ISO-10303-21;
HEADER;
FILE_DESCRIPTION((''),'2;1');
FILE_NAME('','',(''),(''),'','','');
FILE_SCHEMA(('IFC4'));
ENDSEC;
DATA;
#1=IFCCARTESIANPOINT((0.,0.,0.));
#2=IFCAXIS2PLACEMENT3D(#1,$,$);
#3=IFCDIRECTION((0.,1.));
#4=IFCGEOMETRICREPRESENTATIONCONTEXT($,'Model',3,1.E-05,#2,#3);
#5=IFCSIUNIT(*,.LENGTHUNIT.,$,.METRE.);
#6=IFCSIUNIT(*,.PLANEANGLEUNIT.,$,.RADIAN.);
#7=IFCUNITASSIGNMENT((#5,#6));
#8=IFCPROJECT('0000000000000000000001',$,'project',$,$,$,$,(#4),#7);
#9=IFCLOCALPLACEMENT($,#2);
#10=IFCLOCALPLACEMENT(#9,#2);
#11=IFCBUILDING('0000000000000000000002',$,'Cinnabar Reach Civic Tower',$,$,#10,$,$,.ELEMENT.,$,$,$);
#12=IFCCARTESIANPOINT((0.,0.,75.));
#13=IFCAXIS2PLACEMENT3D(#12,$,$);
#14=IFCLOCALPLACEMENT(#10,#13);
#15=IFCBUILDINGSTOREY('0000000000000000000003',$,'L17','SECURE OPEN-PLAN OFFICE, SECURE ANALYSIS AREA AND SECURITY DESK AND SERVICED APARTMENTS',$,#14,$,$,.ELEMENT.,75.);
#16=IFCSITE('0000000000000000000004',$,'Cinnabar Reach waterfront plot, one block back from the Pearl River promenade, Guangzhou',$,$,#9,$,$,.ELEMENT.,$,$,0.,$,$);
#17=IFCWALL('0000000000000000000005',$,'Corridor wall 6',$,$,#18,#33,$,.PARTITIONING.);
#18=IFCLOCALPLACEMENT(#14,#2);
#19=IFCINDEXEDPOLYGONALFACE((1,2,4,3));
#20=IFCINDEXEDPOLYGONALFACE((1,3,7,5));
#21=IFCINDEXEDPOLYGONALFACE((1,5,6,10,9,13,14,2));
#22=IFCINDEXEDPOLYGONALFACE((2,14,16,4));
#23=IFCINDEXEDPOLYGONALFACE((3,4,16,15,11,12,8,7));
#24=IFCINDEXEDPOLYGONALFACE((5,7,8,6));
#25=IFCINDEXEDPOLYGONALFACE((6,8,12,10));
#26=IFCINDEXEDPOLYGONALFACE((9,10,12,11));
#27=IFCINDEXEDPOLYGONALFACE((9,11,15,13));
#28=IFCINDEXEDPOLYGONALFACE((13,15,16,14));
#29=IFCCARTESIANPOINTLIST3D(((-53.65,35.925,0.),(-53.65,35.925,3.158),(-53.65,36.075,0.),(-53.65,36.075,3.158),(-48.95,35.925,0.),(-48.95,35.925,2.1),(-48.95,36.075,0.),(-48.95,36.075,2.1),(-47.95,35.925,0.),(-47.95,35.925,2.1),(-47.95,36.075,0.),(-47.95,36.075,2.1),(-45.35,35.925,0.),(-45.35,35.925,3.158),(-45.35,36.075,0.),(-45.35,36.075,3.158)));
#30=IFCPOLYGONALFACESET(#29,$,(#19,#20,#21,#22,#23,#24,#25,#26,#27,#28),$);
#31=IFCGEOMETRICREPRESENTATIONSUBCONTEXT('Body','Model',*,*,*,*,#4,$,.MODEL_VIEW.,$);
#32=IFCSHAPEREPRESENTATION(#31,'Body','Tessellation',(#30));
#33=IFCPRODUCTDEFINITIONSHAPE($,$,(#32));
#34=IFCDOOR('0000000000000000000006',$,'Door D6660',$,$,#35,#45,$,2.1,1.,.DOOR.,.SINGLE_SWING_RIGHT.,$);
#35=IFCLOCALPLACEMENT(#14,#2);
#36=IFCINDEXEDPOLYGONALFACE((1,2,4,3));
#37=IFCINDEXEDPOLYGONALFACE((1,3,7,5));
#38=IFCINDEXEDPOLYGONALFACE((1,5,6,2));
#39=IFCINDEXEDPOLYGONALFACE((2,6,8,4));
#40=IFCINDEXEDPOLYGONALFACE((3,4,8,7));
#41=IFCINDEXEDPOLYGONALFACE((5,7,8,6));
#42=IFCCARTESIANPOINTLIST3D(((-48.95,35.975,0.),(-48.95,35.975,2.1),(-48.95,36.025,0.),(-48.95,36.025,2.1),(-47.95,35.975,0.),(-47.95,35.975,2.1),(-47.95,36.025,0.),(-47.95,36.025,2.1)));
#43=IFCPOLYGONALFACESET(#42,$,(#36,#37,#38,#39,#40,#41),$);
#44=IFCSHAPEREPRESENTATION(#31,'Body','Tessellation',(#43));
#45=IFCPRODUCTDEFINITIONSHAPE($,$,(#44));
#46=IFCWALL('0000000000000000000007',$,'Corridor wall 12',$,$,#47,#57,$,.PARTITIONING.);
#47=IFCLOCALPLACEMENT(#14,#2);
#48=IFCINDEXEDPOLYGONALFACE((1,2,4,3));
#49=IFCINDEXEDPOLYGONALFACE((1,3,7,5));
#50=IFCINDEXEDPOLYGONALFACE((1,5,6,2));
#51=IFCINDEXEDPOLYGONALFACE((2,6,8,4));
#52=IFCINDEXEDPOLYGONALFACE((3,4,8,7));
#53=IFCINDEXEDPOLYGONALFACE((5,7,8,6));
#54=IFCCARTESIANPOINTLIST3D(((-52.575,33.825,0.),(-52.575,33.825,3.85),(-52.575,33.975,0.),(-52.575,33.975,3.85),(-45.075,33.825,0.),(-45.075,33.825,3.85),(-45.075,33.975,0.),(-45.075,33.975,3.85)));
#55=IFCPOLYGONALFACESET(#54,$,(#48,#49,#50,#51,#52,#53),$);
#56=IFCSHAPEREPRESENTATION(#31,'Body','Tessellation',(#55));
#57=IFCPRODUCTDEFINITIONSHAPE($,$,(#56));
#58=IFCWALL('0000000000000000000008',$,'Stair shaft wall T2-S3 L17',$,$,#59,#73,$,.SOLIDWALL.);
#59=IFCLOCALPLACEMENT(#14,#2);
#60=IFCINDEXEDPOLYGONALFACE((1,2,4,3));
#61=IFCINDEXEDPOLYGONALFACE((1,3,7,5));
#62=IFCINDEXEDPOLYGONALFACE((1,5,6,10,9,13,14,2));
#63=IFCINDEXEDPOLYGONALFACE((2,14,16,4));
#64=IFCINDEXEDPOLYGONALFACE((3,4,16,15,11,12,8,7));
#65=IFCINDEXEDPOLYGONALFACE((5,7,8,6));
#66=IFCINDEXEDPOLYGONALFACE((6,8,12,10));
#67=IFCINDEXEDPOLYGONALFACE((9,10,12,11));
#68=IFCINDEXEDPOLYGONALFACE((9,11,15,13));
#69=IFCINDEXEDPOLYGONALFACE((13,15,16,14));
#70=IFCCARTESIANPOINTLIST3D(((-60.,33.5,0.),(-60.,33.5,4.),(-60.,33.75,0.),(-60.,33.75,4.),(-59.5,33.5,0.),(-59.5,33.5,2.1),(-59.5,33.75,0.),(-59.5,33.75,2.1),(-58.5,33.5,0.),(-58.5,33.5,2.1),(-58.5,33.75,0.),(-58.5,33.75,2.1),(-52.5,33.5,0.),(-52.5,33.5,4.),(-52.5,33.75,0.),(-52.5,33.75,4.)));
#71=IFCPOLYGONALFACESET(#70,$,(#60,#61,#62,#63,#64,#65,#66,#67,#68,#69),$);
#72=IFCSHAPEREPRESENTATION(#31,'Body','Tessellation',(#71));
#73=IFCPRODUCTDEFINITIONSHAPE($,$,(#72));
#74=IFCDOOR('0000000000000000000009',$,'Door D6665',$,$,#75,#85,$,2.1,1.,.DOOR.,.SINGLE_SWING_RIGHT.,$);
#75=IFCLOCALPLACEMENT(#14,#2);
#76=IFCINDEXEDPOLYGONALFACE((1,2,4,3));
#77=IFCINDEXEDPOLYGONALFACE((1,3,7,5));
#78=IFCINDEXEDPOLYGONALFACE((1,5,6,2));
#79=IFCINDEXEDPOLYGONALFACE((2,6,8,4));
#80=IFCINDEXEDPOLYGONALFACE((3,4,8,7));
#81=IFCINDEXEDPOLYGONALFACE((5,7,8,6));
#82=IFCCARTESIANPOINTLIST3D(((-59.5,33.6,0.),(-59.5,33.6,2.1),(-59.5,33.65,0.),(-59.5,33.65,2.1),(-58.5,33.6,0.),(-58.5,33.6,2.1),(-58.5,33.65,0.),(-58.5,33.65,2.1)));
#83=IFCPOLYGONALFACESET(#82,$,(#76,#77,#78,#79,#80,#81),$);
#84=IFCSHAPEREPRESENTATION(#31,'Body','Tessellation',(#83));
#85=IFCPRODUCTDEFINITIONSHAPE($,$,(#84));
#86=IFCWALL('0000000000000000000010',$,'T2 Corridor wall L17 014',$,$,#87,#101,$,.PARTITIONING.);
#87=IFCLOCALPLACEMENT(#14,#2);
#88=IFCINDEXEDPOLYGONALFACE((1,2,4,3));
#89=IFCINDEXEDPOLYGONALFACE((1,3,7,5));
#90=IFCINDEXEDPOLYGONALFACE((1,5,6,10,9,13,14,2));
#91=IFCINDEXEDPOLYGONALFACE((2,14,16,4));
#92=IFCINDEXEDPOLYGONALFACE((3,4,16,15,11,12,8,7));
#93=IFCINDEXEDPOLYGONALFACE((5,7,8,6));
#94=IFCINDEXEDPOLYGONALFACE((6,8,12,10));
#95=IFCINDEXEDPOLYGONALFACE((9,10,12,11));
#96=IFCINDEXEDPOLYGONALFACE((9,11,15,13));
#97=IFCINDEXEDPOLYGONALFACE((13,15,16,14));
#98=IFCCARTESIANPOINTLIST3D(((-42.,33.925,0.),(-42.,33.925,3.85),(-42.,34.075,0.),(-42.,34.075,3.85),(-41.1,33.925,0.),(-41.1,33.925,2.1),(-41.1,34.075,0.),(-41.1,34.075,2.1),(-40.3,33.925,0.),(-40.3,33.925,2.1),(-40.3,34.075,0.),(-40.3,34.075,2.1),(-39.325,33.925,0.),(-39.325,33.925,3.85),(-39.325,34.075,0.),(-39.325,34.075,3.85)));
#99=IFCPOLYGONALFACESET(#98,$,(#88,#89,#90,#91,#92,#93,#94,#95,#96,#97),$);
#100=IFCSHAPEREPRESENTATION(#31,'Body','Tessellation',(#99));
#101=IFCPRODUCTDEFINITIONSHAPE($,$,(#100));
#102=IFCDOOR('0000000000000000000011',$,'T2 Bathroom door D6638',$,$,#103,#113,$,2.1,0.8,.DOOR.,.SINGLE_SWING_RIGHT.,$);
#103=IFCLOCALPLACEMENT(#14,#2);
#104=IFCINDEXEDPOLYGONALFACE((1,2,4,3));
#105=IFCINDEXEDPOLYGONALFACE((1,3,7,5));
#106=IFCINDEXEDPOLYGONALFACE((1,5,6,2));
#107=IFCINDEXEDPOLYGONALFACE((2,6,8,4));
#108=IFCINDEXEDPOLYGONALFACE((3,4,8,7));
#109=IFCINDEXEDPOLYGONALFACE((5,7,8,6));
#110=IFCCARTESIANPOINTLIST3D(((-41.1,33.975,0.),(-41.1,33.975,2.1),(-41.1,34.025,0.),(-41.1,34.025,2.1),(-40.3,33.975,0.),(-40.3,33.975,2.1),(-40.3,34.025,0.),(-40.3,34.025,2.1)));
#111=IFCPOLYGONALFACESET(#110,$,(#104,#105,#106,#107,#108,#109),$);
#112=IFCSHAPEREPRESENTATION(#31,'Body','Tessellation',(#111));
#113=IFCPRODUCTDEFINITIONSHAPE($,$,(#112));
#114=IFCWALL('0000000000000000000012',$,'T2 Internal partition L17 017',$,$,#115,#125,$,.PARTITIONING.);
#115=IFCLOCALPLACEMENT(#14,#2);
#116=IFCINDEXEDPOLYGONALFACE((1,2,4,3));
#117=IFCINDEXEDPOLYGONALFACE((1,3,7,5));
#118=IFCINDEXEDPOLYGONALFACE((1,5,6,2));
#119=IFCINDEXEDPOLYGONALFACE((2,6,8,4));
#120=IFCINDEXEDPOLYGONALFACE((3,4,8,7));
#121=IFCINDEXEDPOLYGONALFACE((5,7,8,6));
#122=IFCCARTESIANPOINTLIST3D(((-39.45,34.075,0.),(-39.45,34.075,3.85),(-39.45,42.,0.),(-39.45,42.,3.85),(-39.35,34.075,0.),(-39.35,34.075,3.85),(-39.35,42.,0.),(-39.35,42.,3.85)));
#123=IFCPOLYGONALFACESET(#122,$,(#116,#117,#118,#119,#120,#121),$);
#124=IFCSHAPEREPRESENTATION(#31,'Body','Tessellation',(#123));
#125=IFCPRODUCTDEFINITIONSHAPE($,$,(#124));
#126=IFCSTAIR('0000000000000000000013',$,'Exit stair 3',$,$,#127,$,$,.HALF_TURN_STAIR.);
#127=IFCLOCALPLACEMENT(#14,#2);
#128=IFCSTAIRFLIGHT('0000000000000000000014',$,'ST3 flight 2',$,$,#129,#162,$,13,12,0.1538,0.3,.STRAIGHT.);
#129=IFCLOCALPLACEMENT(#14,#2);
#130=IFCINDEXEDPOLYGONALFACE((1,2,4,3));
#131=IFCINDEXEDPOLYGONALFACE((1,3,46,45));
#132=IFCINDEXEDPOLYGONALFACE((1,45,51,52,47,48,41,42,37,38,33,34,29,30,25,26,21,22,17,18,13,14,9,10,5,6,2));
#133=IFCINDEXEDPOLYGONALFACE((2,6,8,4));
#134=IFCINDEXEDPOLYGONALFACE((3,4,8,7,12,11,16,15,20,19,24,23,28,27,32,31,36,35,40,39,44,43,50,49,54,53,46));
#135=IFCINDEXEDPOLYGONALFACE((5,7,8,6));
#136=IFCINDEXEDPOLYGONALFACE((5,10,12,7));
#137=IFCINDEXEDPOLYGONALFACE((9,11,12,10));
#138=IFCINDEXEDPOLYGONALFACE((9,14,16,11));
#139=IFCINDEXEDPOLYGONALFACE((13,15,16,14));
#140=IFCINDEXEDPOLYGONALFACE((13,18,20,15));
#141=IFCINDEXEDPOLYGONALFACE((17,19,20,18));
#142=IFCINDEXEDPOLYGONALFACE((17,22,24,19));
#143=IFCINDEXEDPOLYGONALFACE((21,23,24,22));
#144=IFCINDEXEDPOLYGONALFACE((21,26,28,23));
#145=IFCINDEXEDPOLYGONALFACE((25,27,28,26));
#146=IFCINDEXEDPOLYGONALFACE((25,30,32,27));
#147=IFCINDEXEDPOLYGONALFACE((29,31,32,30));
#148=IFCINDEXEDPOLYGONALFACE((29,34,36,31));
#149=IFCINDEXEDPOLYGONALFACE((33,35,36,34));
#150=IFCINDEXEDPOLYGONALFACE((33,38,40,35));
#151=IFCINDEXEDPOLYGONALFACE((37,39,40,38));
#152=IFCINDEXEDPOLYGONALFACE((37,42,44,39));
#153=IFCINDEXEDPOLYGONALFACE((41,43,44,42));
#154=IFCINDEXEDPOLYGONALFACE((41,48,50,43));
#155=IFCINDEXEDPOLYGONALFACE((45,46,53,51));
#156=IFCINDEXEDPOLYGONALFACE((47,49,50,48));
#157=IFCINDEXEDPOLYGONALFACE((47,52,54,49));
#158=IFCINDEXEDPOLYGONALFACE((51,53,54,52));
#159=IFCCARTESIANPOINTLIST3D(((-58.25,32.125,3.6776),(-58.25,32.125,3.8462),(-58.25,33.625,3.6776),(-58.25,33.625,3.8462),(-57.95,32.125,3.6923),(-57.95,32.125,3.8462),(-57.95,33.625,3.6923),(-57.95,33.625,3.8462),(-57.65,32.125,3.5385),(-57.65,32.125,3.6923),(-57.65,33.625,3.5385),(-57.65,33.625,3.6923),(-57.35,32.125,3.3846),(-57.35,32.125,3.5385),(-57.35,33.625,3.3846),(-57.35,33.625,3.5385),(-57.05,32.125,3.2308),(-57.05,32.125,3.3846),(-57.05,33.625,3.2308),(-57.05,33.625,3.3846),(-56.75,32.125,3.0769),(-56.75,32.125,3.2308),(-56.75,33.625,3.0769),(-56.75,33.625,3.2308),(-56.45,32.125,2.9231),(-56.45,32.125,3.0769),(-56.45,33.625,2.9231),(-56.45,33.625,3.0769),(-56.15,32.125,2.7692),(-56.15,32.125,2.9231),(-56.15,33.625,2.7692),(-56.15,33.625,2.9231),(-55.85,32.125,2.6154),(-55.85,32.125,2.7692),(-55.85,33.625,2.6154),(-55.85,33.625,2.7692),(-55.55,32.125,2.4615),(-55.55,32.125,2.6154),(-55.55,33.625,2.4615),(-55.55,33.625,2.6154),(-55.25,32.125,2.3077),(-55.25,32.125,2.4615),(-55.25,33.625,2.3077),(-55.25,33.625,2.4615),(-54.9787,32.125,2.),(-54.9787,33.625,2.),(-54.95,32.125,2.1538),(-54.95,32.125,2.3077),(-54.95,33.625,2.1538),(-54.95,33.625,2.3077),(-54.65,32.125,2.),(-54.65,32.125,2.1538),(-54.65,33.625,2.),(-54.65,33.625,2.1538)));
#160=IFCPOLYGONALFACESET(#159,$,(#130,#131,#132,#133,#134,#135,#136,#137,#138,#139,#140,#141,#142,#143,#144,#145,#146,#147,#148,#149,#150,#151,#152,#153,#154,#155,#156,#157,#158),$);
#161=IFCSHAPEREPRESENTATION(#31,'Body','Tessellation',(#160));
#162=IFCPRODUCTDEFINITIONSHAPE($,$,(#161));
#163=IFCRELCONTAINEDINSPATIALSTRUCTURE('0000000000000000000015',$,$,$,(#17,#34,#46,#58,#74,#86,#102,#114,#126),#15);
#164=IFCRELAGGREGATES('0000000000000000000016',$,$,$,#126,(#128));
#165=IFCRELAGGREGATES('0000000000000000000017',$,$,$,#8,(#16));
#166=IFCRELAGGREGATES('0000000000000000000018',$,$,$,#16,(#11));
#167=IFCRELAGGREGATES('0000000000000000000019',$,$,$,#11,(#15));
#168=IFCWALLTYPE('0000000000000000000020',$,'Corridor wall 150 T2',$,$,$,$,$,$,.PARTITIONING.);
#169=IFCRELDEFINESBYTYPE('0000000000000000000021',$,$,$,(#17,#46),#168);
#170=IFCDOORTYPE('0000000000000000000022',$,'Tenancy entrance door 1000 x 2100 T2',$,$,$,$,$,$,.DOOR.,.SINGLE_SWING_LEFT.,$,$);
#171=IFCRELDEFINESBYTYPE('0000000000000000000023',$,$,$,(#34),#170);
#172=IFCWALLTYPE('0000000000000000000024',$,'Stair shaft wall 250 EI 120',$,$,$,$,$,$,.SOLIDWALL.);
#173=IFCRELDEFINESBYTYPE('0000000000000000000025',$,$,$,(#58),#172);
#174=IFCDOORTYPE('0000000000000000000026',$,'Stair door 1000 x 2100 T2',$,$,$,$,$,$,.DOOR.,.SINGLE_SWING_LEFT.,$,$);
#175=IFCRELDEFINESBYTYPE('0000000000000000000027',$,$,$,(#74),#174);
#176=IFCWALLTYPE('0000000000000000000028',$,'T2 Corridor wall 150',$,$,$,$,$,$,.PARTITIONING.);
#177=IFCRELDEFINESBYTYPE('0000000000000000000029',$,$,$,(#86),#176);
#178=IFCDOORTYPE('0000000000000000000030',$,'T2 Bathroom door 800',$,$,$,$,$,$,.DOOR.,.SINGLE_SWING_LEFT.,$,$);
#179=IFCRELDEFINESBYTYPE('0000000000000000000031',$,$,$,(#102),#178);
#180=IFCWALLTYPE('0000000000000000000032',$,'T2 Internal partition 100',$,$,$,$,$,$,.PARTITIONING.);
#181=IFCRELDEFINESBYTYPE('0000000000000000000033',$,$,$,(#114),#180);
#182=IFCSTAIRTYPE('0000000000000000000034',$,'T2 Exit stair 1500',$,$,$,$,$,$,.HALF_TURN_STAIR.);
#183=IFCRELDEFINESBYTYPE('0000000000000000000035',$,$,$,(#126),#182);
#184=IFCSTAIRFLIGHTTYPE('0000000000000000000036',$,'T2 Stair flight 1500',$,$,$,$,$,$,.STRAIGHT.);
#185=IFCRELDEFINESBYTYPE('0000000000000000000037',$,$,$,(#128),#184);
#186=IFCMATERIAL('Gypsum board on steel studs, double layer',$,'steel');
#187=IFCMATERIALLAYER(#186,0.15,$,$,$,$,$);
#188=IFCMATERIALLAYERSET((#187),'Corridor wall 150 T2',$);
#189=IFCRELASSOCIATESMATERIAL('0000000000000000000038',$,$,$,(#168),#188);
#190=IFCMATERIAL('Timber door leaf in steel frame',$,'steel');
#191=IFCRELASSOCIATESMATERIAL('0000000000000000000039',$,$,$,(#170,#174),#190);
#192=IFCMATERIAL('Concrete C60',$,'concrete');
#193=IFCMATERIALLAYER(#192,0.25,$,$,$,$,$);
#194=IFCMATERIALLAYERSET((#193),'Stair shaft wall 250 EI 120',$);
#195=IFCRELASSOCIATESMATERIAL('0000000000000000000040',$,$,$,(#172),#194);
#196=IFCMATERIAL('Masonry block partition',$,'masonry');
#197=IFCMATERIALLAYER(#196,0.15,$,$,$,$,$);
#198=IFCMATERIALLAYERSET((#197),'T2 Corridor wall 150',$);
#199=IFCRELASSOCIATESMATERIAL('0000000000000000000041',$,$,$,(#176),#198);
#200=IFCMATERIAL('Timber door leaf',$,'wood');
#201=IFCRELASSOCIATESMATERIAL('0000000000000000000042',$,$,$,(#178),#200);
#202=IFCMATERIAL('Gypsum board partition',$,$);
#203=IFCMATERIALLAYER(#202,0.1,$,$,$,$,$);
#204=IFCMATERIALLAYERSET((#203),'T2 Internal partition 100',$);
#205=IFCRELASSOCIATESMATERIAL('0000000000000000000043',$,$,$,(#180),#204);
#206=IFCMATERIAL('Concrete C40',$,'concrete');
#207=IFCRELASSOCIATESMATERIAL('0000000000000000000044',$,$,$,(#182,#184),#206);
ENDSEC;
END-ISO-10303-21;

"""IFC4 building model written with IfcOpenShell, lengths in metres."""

from ifc_helpers import new_model, si_unit, direction, frame, frame_2d, origin, place, context, subcontext, project, spatial, polyline, rectangle, outline, extrude, material, layer, layer_set, type_object, element, fill, aggregate, save


model = new_model("IFC4")

# Units and contexts
model_context = context("Model", 3, precision=1e-05, world=origin(), true_north=direction((0.0, 1.0)))
body_context = subcontext(model_context, "Body", "Model", "MODEL_VIEW")
ifc_project = project(units=[si_unit("LENGTHUNIT", "METRE"), si_unit("PLANEANGLEUNIT", "RADIAN")], contexts=[model_context])

# Site, building, storey
site_placement = place(None, origin())
site = spatial("IfcSite", under=ifc_project, at=site_placement, Name="Cinnabar Reach waterfront plot, one block back from the Pearl River promenade, Guangzhou", CompositionType="ELEMENT", RefElevation=0.0)
building_placement = place(site_placement, origin())
building = spatial("IfcBuilding", under=site, at=building_placement, Name="Cinnabar Reach Civic Tower", CompositionType="ELEMENT")
storey_placement = place(building_placement, frame((0.0, 0.0, 75.0)))
storey = spatial("IfcBuildingStorey", under=building, at=storey_placement, Name="L17", Description="SECURE OPEN-PLAN OFFICE, SECURE ANALYSIS AREA AND SECURITY DESK AND SERVICED APARTMENTS", CompositionType="ELEMENT", Elevation=75.0)

# Shared definitions
ifc_material_1 = material(Name="Concrete C60", Category="concrete")

# Wall, opening, door
ifc_material_2 = material(Name="Gypsum board on steel studs, double layer", Category="steel")
ifc_layer_1 = layer(ifc_material_2, 0.15)
ifc_layer_set_1 = layer_set([ifc_layer_1], Name="Corridor wall 150 T2")
wall_type_1 = type_object("IfcWallType", Name="Corridor wall 150 T2", PredefinedType="PARTITIONING", material=ifc_layer_set_1)
ifc_material_3 = material(Name="Timber door leaf in steel frame", Category="steel")
wall_1_placement = place(storey_placement, frame((-53.65, 36.0, 0.0), z_axis=(0.0, 0.0, 1.0), x_axis=(1.0, 0.0, 0.0)))
wall_1 = element("IfcWall", 1, at=wall_1_placement, inside=storey, type_object=wall_type_1, Name="Corridor wall 6", PredefinedType="PARTITIONING", context=body_context, shape_type="SweptSolid", body=[
    extrude(rectangle(XDim=8.3, YDim=0.15, at=frame_2d((4.15, 0.0))), origin(), (0.0, 0.0, 1.0), 3.158),
])
opening_1_placement = place(wall_1_placement, frame((4.7, 0.0, 0.0)))
opening_1 = element("IfcOpeningElement", 2, at=opening_1_placement, cuts=wall_1, PredefinedType="OPENING", context=body_context, shape_type="SweptSolid", body=[
    extrude(rectangle(XDim=1.0, YDim=2.1, at=frame_2d((0.5, 1.05))), frame((0.0, 0.085, 0.0), z_axis=(0.0, -1.0, 0.0), x_axis=(1.0, 0.0, 0.0)), (0.0, 0.0, 1.0), 0.17),
])
door_type_1 = type_object("IfcDoorType", Name="Tenancy entrance door 1000 x 2100 T2", OperationType="SINGLE_SWING_LEFT", PredefinedType="DOOR", material=ifc_material_3)
door_1_placement = place(opening_1_placement, origin())
door_1 = element("IfcDoor", 3, at=door_1_placement, inside=storey, type_object=door_type_1, Name="Door D6660", OperationType="SINGLE_SWING_RIGHT", OverallHeight=2.1, OverallWidth=1.0, PredefinedType="DOOR", context=body_context, shape_type="SweptSolid", body=[
    extrude(rectangle(XDim=1.0, YDim=2.1, at=frame_2d((0.5, 1.05))), frame((0.0, 0.025, 0.0), z_axis=(0.0, -1.0, 0.0), x_axis=(1.0, 0.0, 0.0)), (0.0, 0.0, 1.0), 0.05),
])
fill(opening_1, door_1)

# Wall
wall_2_placement = place(storey_placement, frame((-52.575, 33.9, 0.0), z_axis=(0.0, 0.0, 1.0), x_axis=(1.0, 0.0, 0.0)))
element("IfcWall", 4, at=wall_2_placement, inside=storey, type_object=wall_type_1, Name="Corridor wall 12", PredefinedType="PARTITIONING", context=body_context, shape_type="SweptSolid", body=[
    extrude(rectangle(XDim=7.5, YDim=0.15, at=frame_2d((3.75, 0.0))), origin(), (0.0, 0.0, 1.0), 3.85),
])

# Walls, openings, doors
ifc_layer_2 = layer(ifc_material_1, 0.25)
ifc_layer_set_2 = layer_set([ifc_layer_2], Name="Stair shaft wall 250 EI 120")
wall_type_2 = type_object("IfcWallType", Name="Stair shaft wall 250 EI 120", PredefinedType="SOLIDWALL", material=ifc_layer_set_2)
wall_3_placement = place(storey_placement, frame((-52.5, 33.625, 0.0), z_axis=(0.0, 0.0, 1.0), x_axis=(-1.0, 0.0, 0.0)))
wall_3 = element("IfcWall", 5, at=wall_3_placement, inside=storey, type_object=wall_type_2, Name="Stair shaft wall T2-S3 L17", PredefinedType="SOLIDWALL", context=body_context, shape_type="SweptSolid", body=[
    extrude(rectangle(XDim=7.5, YDim=0.25, at=frame_2d((3.75, 0.0))), origin(), (0.0, 0.0, 1.0), 4.0),
])
opening_2_placement = place(wall_3_placement, frame((6.0, 0.0, 0.0)))
opening_2 = element("IfcOpeningElement", 6, at=opening_2_placement, cuts=wall_3, PredefinedType="OPENING", context=body_context, shape_type="SweptSolid", body=[
    extrude(rectangle(XDim=1.0, YDim=2.1, at=frame_2d((0.5, 1.05))), frame((0.0, 0.135, 0.0), z_axis=(0.0, -1.0, 0.0), x_axis=(1.0, 0.0, 0.0)), (0.0, 0.0, 1.0), 0.27),
])
door_type_2 = type_object("IfcDoorType", Name="Stair door 1000 x 2100 T2", OperationType="SINGLE_SWING_LEFT", PredefinedType="DOOR", material=ifc_material_3)
door_2_placement = place(opening_2_placement, origin())
door_2 = element("IfcDoor", 7, at=door_2_placement, inside=storey, type_object=door_type_2, Name="Door D6665", OperationType="SINGLE_SWING_RIGHT", OverallHeight=2.1, OverallWidth=1.0, PredefinedType="DOOR", context=body_context, shape_type="SweptSolid", body=[
    extrude(rectangle(XDim=1.0, YDim=2.1, at=frame_2d((0.5, 1.05))), frame((0.0, 0.025, 0.0), z_axis=(0.0, -1.0, 0.0), x_axis=(1.0, 0.0, 0.0)), (0.0, 0.0, 1.0), 0.05),
])
fill(opening_2, door_2)
ifc_material_4 = material(Name="Masonry block partition", Category="masonry")
ifc_layer_3 = layer(ifc_material_4, 0.15)
ifc_layer_set_3 = layer_set([ifc_layer_3], Name="T2 Corridor wall 150")
wall_type_3 = type_object("IfcWallType", Name="T2 Corridor wall 150", PredefinedType="PARTITIONING", material=ifc_layer_set_3)
wall_4_placement = place(storey_placement, frame((-39.325, 34.0, 0.0), z_axis=(0.0, 0.0, 1.0), x_axis=(-1.0, 0.0, 0.0)))
wall_4 = element("IfcWall", 8, at=wall_4_placement, inside=storey, type_object=wall_type_3, Name="T2 Corridor wall L17 014", PredefinedType="PARTITIONING", context=body_context, shape_type="SweptSolid", body=[
    extrude(rectangle(XDim=2.675, YDim=0.15, at=frame_2d((1.3375, 0.0))), origin(), (0.0, 0.0, 1.0), 3.85),
])
opening_3_placement = place(wall_4_placement, frame((0.975, 0.0, 0.0)))
opening_3 = element("IfcOpeningElement", 9, at=opening_3_placement, cuts=wall_4, PredefinedType="OPENING", context=body_context, shape_type="SweptSolid", body=[
    extrude(rectangle(XDim=0.8, YDim=2.1, at=frame_2d((0.4, 1.05))), frame((0.0, 0.085, 0.0), z_axis=(0.0, -1.0, 0.0), x_axis=(1.0, 0.0, 0.0)), (0.0, 0.0, 1.0), 0.17),
])
ifc_material_5 = material(Name="Timber door leaf", Category="wood")
door_type_3 = type_object("IfcDoorType", Name="T2 Bathroom door 800", OperationType="SINGLE_SWING_LEFT", PredefinedType="DOOR", material=ifc_material_5)
door_3_placement = place(opening_3_placement, frame((0.8, 0.0, 0.0), z_axis=(0.0, 0.0, 1.0), x_axis=(-1.0, 0.0, 0.0)))
door_3 = element("IfcDoor", 10, at=door_3_placement, inside=storey, type_object=door_type_3, Name="T2 Bathroom door D6638", OperationType="SINGLE_SWING_RIGHT", OverallHeight=2.1, OverallWidth=0.8, PredefinedType="DOOR", context=body_context, shape_type="SweptSolid", body=[
    extrude(rectangle(XDim=0.8, YDim=2.1, at=frame_2d((0.4, 1.05))), frame((0.0, 0.025, 0.0), z_axis=(0.0, -1.0, 0.0), x_axis=(1.0, 0.0, 0.0)), (0.0, 0.0, 1.0), 0.05),
])
fill(opening_3, door_3)

# Wall
ifc_material_6 = material(Name="Gypsum board partition")
ifc_layer_4 = layer(ifc_material_6, 0.1)
ifc_layer_set_4 = layer_set([ifc_layer_4], Name="T2 Internal partition 100")
wall_type_4 = type_object("IfcWallType", Name="T2 Internal partition 100", PredefinedType="PARTITIONING", material=ifc_layer_set_4)
wall_5_placement = place(storey_placement, frame((-39.4, 34.075, 0.0), z_axis=(0.0, 0.0, 1.0), x_axis=(0.0, 1.0, 0.0)))
element("IfcWall", 11, at=wall_5_placement, inside=storey, type_object=wall_type_4, Name="T2 Internal partition L17 017", PredefinedType="PARTITIONING", context=body_context, shape_type="SweptSolid", body=[
    extrude(rectangle(XDim=7.925, YDim=0.1, at=frame_2d((3.9625, 0.0))), origin(), (0.0, 0.0, 1.0), 3.85),
])

# Stair, stair flight
ifc_material_7 = material(Name="Concrete C40", Category="concrete")
stair_type = type_object("IfcStairType", Name="T2 Exit stair 1500", PredefinedType="HALF_TURN_STAIR", material=ifc_material_7)
stair_placement = place(storey_placement, origin())
stair = element("IfcStair", 12, at=stair_placement, inside=storey, type_object=stair_type, Name="Exit stair 3", PredefinedType="HALF_TURN_STAIR")
stair_flight_type = type_object("IfcStairFlightType", Name="T2 Stair flight 1500", PredefinedType="STRAIGHT", material=ifc_material_7)
stair_flight_placement = place(storey_placement, frame((-54.65, 32.875, 2.0), z_axis=(0.0, 0.0, 1.0), x_axis=(-1.0, 0.0, 0.0)))
stair_flight = element("IfcStairFlight", 13, at=stair_flight_placement, type_object=stair_flight_type, Name="ST3 flight 2", NumberOfRisers=13, NumberOfTreads=12, PredefinedType="STRAIGHT", RiserHeight=0.1538, TreadLength=0.3, context=body_context, shape_type="SweptSolid", body=[
    extrude(outline(polyline([(0.0, 0.0), (0.0, 0.1538), (0.3, 0.1538), (0.3, 0.3077), (0.6, 0.3077), (0.6, 0.4615), (0.9, 0.4615), (0.9, 0.6154), (1.2, 0.6154), (1.2, 0.7692), (1.5, 0.7692), (1.5, 0.9231), (1.8, 0.9231), (1.8, 1.0769), (2.1, 1.0769), (2.1, 1.2308), (2.4, 1.2308), (2.4, 1.3846), (2.7, 1.3846), (2.7, 1.5385), (3.0, 1.5385), (3.0, 1.6923), (3.3, 1.6923), (3.3, 1.8462), (3.6, 1.8462), (3.6, 2.0), (3.6, 1.6776), (0.3287, 0.0), (0.0, 0.0)])), frame((0.0, 0.75, 0.0), z_axis=(0.0, -1.0, 0.0), x_axis=(1.0, 0.0, 0.0)), (0.0, 0.0, 1.0), 1.5),
])
aggregate(stair, [stair_flight])

save(model, "model.ifc")
